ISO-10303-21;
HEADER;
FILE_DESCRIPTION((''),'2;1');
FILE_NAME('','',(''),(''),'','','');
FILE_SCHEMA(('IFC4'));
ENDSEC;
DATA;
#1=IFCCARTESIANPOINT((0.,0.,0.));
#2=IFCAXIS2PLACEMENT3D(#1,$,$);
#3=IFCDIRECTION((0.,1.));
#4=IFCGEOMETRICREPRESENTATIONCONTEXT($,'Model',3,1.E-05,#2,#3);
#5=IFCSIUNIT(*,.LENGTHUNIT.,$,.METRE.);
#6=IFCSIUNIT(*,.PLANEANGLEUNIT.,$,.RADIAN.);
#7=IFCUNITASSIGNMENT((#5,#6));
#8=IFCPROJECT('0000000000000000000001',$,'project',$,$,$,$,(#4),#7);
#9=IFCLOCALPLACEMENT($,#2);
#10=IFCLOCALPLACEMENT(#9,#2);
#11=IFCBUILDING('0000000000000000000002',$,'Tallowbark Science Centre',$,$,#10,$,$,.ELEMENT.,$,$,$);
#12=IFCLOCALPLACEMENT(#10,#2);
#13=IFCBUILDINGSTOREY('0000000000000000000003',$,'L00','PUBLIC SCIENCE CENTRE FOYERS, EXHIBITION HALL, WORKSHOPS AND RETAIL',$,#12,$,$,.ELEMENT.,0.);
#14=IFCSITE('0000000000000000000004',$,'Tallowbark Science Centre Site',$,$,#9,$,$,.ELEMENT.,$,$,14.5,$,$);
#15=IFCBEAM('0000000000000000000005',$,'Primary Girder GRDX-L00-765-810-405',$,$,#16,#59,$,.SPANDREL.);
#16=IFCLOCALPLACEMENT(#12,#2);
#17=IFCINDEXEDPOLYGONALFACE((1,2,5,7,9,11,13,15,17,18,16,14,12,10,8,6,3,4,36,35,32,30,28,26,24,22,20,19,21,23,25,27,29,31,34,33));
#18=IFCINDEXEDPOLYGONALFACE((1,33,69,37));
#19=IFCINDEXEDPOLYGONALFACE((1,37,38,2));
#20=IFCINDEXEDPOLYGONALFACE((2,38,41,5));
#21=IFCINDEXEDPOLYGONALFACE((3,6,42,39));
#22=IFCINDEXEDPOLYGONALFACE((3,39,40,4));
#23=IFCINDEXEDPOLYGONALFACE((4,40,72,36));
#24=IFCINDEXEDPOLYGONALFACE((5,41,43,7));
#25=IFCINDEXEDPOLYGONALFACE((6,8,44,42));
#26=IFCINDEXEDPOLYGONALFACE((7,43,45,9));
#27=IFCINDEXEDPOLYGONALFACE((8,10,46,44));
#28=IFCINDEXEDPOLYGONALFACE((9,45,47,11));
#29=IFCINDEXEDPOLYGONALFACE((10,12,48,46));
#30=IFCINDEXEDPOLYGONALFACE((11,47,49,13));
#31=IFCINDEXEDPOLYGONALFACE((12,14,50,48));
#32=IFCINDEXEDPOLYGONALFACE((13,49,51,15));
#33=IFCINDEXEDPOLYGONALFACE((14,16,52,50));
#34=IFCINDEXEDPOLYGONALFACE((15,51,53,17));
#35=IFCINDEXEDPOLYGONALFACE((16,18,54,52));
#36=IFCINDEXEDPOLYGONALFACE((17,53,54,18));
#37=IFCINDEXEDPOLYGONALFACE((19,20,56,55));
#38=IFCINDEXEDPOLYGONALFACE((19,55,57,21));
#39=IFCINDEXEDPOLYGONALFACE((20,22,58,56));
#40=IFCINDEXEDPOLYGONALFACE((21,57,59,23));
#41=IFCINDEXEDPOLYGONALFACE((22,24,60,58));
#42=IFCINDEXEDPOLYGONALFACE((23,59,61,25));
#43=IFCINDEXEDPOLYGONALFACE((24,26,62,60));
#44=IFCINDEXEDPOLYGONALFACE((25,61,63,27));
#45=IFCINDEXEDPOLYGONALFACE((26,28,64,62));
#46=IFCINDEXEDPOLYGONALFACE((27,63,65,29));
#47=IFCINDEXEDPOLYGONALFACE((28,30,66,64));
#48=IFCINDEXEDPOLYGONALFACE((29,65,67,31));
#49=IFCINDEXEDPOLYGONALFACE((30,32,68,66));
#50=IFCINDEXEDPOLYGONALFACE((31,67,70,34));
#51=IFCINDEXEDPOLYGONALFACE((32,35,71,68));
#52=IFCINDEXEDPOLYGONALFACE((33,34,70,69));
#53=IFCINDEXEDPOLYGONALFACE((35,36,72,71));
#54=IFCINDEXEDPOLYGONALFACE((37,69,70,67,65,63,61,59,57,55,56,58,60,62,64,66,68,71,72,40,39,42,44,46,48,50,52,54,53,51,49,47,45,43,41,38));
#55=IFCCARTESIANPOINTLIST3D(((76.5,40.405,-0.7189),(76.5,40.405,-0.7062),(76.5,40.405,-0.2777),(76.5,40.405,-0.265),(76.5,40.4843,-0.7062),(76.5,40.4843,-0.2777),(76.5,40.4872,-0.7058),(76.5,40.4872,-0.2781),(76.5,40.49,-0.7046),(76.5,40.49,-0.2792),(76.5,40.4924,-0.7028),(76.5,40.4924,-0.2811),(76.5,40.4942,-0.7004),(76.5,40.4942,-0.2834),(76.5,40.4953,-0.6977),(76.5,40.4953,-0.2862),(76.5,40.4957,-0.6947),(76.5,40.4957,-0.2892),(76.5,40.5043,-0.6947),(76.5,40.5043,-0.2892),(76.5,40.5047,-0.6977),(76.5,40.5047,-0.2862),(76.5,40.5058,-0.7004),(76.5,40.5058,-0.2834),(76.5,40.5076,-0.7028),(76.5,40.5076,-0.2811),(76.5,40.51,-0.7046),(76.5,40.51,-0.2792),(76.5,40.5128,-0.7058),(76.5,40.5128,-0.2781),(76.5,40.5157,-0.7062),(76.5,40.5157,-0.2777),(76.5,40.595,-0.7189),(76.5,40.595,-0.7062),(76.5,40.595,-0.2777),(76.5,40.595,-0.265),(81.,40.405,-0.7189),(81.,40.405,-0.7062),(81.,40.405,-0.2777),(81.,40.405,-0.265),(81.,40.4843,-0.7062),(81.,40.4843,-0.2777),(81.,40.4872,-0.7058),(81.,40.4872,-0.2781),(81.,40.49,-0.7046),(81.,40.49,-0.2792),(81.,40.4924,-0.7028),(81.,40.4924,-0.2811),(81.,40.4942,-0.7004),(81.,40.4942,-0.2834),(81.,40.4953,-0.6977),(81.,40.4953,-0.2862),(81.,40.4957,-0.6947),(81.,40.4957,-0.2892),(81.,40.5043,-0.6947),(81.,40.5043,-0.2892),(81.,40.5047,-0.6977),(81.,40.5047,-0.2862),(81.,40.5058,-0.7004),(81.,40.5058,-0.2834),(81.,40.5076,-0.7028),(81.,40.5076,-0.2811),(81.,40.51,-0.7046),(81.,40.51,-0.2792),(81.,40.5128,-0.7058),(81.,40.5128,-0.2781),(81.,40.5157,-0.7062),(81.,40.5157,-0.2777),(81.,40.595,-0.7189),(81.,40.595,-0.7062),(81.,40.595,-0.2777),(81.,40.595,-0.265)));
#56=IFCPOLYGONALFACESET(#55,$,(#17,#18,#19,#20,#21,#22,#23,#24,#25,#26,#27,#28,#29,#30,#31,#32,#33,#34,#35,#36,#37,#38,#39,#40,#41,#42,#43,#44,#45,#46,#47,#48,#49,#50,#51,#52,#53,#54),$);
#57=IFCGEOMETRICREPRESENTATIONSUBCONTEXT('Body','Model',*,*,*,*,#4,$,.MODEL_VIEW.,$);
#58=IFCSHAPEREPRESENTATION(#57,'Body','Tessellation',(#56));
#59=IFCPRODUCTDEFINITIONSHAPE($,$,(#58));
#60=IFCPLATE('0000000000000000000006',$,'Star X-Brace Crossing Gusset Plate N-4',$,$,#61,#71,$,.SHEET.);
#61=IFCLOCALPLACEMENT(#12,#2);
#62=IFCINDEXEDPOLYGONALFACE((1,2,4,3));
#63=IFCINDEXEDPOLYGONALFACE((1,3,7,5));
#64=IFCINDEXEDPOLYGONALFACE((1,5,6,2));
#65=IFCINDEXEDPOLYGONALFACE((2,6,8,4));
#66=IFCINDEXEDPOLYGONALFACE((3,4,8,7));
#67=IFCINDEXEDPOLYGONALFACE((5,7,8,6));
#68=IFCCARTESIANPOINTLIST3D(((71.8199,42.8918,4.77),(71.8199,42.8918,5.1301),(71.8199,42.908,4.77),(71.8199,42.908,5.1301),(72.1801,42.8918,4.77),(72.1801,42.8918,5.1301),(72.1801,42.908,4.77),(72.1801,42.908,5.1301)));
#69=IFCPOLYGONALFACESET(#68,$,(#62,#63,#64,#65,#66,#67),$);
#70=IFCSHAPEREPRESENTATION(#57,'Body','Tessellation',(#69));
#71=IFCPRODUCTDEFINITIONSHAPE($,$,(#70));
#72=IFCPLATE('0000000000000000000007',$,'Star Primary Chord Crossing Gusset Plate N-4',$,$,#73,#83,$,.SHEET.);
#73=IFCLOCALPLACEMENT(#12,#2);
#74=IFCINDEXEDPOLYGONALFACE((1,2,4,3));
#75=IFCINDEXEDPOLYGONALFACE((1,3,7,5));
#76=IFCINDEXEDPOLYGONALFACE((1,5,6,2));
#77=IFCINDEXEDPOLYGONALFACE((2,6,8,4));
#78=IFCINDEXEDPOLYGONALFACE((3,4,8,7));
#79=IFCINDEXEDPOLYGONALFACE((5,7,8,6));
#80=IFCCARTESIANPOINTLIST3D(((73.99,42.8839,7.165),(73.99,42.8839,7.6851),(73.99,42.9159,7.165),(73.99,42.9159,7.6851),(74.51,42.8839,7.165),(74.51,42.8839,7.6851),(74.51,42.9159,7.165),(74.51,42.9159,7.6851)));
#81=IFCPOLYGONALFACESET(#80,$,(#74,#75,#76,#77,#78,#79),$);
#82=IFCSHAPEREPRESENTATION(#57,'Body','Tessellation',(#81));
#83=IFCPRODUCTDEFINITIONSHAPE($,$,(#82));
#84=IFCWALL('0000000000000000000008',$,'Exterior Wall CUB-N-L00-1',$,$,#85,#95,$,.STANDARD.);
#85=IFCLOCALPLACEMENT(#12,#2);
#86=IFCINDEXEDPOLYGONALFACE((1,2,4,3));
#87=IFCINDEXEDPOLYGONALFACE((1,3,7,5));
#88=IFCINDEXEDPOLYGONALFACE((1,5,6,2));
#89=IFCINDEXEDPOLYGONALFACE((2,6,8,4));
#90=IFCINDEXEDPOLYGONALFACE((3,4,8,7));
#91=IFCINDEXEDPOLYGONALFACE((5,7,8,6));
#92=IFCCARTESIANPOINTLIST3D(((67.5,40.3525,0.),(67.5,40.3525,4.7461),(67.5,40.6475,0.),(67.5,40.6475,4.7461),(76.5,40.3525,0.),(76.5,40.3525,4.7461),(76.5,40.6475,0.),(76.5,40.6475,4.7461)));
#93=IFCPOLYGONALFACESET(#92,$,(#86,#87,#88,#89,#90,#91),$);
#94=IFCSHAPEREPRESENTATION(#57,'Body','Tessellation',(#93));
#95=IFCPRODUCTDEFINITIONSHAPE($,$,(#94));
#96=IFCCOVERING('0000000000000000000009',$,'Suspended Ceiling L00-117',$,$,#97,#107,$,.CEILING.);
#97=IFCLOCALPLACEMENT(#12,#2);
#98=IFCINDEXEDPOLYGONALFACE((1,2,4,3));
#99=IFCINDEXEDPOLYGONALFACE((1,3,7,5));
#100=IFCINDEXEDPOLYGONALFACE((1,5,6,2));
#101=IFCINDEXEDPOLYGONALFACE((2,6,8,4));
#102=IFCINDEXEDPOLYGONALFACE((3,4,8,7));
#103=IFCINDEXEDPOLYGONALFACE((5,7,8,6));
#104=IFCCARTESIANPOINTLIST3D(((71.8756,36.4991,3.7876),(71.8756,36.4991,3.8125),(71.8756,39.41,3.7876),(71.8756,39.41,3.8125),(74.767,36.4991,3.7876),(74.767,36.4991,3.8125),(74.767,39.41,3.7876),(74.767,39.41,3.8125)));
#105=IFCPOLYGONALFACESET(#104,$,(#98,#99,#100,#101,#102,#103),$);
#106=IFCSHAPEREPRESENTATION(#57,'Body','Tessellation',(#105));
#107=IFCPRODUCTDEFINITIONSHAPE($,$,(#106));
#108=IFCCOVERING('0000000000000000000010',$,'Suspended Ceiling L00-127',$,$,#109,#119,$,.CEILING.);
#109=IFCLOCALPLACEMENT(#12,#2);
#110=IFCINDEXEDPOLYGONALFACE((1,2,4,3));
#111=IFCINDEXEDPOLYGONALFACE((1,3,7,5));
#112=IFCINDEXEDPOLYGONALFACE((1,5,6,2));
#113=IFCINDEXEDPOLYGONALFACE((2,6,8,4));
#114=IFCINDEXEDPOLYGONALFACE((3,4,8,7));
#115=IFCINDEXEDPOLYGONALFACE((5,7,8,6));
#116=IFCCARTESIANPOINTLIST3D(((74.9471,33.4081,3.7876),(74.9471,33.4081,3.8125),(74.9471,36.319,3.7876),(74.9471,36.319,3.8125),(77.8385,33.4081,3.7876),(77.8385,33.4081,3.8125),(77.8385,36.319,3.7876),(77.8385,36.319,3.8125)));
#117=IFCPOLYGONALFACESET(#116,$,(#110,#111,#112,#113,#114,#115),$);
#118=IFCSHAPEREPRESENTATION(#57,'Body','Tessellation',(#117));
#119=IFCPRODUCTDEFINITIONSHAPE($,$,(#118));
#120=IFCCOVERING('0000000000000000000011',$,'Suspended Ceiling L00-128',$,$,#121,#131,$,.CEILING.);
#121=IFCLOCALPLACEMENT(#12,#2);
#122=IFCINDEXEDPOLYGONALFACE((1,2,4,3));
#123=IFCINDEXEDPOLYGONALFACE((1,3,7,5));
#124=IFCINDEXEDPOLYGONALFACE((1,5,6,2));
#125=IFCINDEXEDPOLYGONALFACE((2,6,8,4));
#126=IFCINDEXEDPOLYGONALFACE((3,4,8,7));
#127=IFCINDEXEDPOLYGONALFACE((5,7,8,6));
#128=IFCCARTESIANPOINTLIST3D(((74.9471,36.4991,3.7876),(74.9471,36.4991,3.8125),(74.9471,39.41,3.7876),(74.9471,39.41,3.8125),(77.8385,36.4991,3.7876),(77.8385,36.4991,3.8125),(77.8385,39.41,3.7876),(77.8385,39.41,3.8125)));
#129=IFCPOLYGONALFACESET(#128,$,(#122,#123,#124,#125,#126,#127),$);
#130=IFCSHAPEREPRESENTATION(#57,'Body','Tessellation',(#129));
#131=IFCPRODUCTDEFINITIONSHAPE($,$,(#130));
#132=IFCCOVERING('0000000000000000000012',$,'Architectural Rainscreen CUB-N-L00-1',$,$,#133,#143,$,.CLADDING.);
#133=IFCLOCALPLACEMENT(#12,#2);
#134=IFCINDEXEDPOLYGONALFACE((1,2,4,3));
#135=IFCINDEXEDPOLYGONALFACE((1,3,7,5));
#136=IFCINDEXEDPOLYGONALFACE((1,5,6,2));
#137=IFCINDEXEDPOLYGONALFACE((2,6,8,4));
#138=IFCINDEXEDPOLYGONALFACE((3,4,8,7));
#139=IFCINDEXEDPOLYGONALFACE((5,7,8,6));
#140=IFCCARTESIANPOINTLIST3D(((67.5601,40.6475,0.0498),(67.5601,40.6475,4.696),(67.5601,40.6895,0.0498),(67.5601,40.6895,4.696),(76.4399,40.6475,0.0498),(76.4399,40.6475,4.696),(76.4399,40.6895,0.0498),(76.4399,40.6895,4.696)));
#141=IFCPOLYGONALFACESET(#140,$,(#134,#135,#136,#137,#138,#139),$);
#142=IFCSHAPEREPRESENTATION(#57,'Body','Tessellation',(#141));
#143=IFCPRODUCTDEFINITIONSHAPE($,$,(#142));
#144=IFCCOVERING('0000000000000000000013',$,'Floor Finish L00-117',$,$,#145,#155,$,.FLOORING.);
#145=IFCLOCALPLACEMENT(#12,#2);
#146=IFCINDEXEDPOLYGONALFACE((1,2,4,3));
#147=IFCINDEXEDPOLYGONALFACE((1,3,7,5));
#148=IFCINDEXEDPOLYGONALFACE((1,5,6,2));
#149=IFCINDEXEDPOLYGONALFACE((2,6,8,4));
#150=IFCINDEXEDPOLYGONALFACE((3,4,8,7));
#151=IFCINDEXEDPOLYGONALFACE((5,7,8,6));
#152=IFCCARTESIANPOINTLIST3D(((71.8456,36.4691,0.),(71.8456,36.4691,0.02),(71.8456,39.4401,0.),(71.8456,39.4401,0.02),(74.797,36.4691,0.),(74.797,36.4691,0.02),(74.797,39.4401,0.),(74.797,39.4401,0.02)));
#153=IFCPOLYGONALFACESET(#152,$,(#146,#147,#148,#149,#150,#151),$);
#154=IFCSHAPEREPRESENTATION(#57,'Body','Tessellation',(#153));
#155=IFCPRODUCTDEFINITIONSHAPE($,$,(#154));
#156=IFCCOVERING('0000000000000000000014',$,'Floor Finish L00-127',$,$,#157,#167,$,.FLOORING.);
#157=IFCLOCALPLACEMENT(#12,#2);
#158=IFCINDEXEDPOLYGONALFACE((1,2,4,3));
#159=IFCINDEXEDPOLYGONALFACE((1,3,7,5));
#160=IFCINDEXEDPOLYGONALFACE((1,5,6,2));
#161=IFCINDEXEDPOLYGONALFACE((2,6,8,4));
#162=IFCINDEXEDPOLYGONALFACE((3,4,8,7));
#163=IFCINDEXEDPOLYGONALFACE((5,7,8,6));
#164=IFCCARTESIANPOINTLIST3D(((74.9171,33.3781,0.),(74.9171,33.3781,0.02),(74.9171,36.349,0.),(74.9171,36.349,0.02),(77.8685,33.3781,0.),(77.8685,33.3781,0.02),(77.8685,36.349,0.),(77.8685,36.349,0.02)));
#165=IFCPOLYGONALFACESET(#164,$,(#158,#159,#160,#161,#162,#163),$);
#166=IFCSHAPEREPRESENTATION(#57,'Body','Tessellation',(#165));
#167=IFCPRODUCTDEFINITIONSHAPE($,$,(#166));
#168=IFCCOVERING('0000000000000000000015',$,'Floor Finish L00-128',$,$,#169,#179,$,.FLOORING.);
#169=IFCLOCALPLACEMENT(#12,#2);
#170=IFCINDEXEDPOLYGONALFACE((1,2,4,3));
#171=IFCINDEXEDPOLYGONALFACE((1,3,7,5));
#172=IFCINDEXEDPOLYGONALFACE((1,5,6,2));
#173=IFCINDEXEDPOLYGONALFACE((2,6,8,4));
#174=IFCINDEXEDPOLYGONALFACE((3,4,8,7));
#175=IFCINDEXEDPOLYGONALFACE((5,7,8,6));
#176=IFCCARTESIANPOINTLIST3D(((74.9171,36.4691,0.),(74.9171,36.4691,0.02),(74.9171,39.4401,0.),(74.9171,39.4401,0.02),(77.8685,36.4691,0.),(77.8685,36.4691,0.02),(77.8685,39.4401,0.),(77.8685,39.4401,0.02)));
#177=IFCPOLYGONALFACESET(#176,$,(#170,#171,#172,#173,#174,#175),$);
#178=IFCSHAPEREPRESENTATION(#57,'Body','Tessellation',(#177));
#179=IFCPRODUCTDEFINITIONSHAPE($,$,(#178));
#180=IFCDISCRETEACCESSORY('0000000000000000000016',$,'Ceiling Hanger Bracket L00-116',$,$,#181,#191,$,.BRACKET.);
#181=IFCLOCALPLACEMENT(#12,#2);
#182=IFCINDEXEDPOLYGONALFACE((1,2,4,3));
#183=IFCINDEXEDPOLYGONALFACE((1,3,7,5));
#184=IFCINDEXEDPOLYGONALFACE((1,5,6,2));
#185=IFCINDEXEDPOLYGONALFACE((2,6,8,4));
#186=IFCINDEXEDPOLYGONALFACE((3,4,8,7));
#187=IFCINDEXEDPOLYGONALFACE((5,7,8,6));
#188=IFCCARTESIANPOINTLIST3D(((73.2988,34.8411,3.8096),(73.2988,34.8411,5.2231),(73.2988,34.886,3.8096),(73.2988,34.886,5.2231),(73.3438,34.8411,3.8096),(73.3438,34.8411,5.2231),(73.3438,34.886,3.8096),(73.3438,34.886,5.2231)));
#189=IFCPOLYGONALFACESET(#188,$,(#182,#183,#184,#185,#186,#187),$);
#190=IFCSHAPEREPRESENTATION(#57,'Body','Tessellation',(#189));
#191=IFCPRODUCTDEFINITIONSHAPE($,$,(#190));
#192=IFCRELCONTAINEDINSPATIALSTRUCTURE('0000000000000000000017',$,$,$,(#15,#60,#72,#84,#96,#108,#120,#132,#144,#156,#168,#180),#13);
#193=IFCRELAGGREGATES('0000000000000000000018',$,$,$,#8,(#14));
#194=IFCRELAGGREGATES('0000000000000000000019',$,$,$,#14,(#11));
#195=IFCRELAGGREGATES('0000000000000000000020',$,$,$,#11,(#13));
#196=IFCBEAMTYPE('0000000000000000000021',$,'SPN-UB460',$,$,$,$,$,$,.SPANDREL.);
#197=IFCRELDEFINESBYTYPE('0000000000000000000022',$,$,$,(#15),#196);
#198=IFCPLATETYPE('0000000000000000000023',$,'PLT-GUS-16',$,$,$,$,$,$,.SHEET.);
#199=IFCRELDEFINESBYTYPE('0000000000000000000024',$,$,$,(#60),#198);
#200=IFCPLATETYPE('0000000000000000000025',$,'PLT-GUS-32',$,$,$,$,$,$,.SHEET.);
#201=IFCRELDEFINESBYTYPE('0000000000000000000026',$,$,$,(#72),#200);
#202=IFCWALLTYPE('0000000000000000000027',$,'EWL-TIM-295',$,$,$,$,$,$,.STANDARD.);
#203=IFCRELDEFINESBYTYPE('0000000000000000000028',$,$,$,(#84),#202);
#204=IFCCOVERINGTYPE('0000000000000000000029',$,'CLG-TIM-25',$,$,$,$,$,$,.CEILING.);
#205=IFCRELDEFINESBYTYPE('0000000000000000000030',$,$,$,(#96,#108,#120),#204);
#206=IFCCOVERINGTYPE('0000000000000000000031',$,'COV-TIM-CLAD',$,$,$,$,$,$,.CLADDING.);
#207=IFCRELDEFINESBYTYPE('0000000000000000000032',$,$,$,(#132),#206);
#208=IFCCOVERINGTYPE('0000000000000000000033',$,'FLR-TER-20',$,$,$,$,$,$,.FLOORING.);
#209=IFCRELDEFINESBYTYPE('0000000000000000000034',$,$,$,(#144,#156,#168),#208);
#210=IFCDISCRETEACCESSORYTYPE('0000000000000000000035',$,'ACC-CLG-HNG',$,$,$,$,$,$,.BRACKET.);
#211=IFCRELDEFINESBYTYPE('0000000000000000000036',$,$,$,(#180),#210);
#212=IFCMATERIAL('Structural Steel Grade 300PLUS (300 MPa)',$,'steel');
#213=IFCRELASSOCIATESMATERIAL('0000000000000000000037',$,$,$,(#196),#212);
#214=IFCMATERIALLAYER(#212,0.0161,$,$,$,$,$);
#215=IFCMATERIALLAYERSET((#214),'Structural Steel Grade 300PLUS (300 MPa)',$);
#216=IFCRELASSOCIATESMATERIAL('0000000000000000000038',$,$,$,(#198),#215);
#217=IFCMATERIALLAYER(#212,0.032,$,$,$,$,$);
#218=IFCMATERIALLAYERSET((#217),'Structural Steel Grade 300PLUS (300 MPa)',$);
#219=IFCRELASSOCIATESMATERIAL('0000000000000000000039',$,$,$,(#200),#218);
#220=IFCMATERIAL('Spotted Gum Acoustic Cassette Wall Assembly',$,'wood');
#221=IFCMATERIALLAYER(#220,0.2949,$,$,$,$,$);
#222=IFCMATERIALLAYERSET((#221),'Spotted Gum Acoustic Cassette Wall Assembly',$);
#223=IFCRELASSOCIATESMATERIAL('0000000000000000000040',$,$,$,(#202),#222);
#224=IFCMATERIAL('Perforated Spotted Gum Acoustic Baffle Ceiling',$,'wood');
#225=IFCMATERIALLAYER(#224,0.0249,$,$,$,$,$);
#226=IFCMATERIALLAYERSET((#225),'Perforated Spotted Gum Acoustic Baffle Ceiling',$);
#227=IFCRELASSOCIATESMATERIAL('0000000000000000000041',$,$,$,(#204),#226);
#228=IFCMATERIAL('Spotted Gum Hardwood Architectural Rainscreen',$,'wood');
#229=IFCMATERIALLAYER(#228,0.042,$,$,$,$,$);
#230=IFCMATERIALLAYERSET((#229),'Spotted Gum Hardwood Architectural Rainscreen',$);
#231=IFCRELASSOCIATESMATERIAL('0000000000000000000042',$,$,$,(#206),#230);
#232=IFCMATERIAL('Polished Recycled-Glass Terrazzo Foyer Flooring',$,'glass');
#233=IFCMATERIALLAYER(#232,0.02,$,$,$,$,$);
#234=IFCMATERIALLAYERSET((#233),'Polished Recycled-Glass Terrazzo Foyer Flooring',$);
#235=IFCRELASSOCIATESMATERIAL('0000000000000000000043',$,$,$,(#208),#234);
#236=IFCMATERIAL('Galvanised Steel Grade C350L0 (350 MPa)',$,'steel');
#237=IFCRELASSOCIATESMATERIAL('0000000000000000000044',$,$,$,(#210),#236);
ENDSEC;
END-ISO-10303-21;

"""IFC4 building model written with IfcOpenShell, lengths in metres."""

from ifc_helpers import new_model, si_unit, direction, frame, frame_2d, origin, origin_2d, place, context, subcontext, project, spatial, rectangle, i_section, extrude, material, layer, layer_set, material_profile, profile_set, type_object, element, save


model = new_model("IFC4")

# Units and contexts
model_context = context("Model", 3, precision=1e-05, world=origin(), true_north=direction((0.0, 1.0)))
body_context = subcontext(model_context, "Body", "Model", "MODEL_VIEW")
ifc_project = project(units=[si_unit("LENGTHUNIT", "METRE"), si_unit("PLANEANGLEUNIT", "RADIAN")], contexts=[model_context])

# Site, building, storey
site_placement = place(None, origin())
site = spatial("IfcSite", under=ifc_project, at=site_placement, Name="Tallowbark Science Centre Site", CompositionType="ELEMENT", RefElevation=14.5)
building_placement = place(site_placement, origin())
building = spatial("IfcBuilding", under=site, at=building_placement, Name="Tallowbark Science Centre", CompositionType="ELEMENT")
storey_placement = place(building_placement, origin())
storey = spatial("IfcBuildingStorey", under=building, at=storey_placement, Name="L00", Description="PUBLIC SCIENCE CENTRE FOYERS, EXHIBITION HALL, WORKSHOPS AND RETAIL", CompositionType="ELEMENT", Elevation=0.0)

# Shared definitions
ifc_material_1 = material(Name="Structural Steel Grade 300PLUS (300 MPa)", Category="steel")

# Beam
ifc_material_profile_1 = material_profile(ifc_material_1, i_section(OverallWidth=0.1899, OverallDepth=0.4539, WebThickness=0.0085, FlangeThickness=0.0127, FilletRadius=0.0115, at=origin_2d()), Name="460UB67.1")
ifc_profile_set_1 = profile_set([ifc_material_profile_1], Name="Structural Steel Grade 300PLUS (300 MPa)")
beam_type = type_object("IfcBeamType", Name="SPN-UB460", PredefinedType="SPANDREL", material=ifc_profile_set_1)
beam_placement = place(storey_placement, frame((76.5, 40.5, -0.4919), z_axis=(1.0, 0.0, 0.0), x_axis=(0.0, 1.0, 0.0)))
element("IfcBeam", 1, at=beam_placement, inside=storey, type_object=beam_type, Name="Primary Girder GRDX-L00-765-810-405", PredefinedType="SPANDREL", context=body_context, shape_type="SweptSolid", body=[
    extrude(i_section(OverallWidth=0.1899, OverallDepth=0.4539, WebThickness=0.0085, FlangeThickness=0.0127, FilletRadius=0.0115, at=origin_2d()), origin(), (0.0, 0.0, 1.0), 4.5),
])

# Plates
ifc_layer_1 = layer(ifc_material_1, 0.0161)
ifc_layer_set_1 = layer_set([ifc_layer_1], Name="Structural Steel Grade 300PLUS (300 MPa)")
plate_type_1 = type_object("IfcPlateType", Name="PLT-GUS-16", PredefinedType="SHEET", material=ifc_layer_set_1)
plate_1_placement = place(storey_placement, frame((72.0, 42.8999, 4.77), z_axis=(0.0, 0.0, 1.0), x_axis=(1.0, 0.0, 0.0)))
element("IfcPlate", 2, at=plate_1_placement, inside=storey, type_object=plate_type_1, Name="Star X-Brace Crossing Gusset Plate N-4", PredefinedType="SHEET", context=body_context, shape_type="SweptSolid", body=[
    extrude(rectangle(XDim=0.3601, YDim=0.0161, at=origin_2d()), origin(), (0.0, 0.0, 1.0), 0.3601),
])
ifc_layer_2 = layer(ifc_material_1, 0.032)
ifc_layer_set_2 = layer_set([ifc_layer_2], Name="Structural Steel Grade 300PLUS (300 MPa)")
plate_type_2 = type_object("IfcPlateType", Name="PLT-GUS-32", PredefinedType="SHEET", material=ifc_layer_set_2)
plate_2_placement = place(storey_placement, frame((74.25, 42.8999, 7.165), z_axis=(0.0, 0.0, 1.0), x_axis=(1.0, 0.0, 0.0)))
element("IfcPlate", 3, at=plate_2_placement, inside=storey, type_object=plate_type_2, Name="Star Primary Chord Crossing Gusset Plate N-4", PredefinedType="SHEET", context=body_context, shape_type="SweptSolid", body=[
    extrude(rectangle(XDim=0.52, YDim=0.032, at=origin_2d()), origin(), (0.0, 0.0, 1.0), 0.52),
])

# Wall
ifc_material_2 = material(Name="Spotted Gum Acoustic Cassette Wall Assembly", Category="wood")
ifc_layer_3 = layer(ifc_material_2, 0.2949)
ifc_layer_set_3 = layer_set([ifc_layer_3], Name="Spotted Gum Acoustic Cassette Wall Assembly")
wall_type = type_object("IfcWallType", Name="EWL-TIM-295", PredefinedType="STANDARD", material=ifc_layer_set_3)
wall_placement = place(storey_placement, frame((76.5, 40.5, 0.0), z_axis=(0.0, 0.0, 1.0), x_axis=(-1.0, 0.0, 0.0)))
element("IfcWall", 4, at=wall_placement, inside=storey, type_object=wall_type, Name="Exterior Wall CUB-N-L00-1", PredefinedType="STANDARD", context=body_context, shape_type="SweptSolid", body=[
    extrude(rectangle(XDim=9.0, YDim=0.2949, at=frame_2d((4.5, 0.0))), origin(), (0.0, 0.0, 1.0), 4.7461),
])

# Coverings
ifc_material_3 = material(Name="Perforated Spotted Gum Acoustic Baffle Ceiling", Category="wood")
ifc_layer_4 = layer(ifc_material_3, 0.0249)
ifc_layer_set_4 = layer_set([ifc_layer_4], Name="Perforated Spotted Gum Acoustic Baffle Ceiling")
covering_type_1 = type_object("IfcCoveringType", Name="CLG-TIM-25", PredefinedType="CEILING", material=ifc_layer_set_4)
for number, where, z_axis, x_axis, name in (
    (5, (73.3213, 37.9546, 3.7876), (0.0, 0.0, 1.0), (1.0, 0.0, 0.0), "Suspended Ceiling L00-117"),
    (6, (76.3928, 34.8635, 3.7876), (0.0, 0.0, 1.0), (1.0, 0.0, 0.0), "Suspended Ceiling L00-127"),
    (7, (76.3928, 37.9546, 3.7876), (0.0, 0.0, 1.0), (1.0, 0.0, 0.0), "Suspended Ceiling L00-128"),
):
    element("IfcCovering", number, at=place(storey_placement, frame(where, z_axis=z_axis, x_axis=x_axis)), inside=storey, type_object=covering_type_1, Name=name, PredefinedType="CEILING", context=body_context, shape_type="SweptSolid", body=[
        extrude(rectangle(XDim=2.8914, YDim=2.9109, at=origin_2d()), origin(), (0.0, 0.0, 1.0), 0.0249),
    ])
ifc_material_4 = material(Name="Spotted Gum Hardwood Architectural Rainscreen", Category="wood")
ifc_layer_5 = layer(ifc_material_4, 0.042)
ifc_layer_set_5 = layer_set([ifc_layer_5], Name="Spotted Gum Hardwood Architectural Rainscreen")
covering_type_2 = type_object("IfcCoveringType", Name="COV-TIM-CLAD", PredefinedType="CLADDING", material=ifc_layer_set_5)
covering_placement = place(storey_placement, frame((72.0, 40.6685, 0.0498), z_axis=(0.0, 0.0, 1.0), x_axis=(-1.0, 0.0, 0.0)))
element("IfcCovering", 8, at=covering_placement, inside=storey, type_object=covering_type_2, Name="Architectural Rainscreen CUB-N-L00-1", PredefinedType="CLADDING", context=body_context, shape_type="SweptSolid", body=[
    extrude(rectangle(XDim=8.8799, YDim=0.042, at=origin_2d()), origin(), (0.0, 0.0, 1.0), 4.6462),
])
ifc_material_5 = material(Name="Polished Recycled-Glass Terrazzo Foyer Flooring", Category="glass")
ifc_layer_6 = layer(ifc_material_5, 0.02)
ifc_layer_set_6 = layer_set([ifc_layer_6], Name="Polished Recycled-Glass Terrazzo Foyer Flooring")
covering_type_3 = type_object("IfcCoveringType", Name="FLR-TER-20", PredefinedType="FLOORING", material=ifc_layer_set_6)
for number, where, z_axis, x_axis, name in (
    (9, (73.3213, 37.9546, 0.0), (0.0, 0.0, 1.0), (1.0, 0.0, 0.0), "Floor Finish L00-117"),
    (10, (76.3928, 34.8635, 0.0), (0.0, 0.0, 1.0), (1.0, 0.0, 0.0), "Floor Finish L00-127"),
    (11, (76.3928, 37.9546, 0.0), (0.0, 0.0, 1.0), (1.0, 0.0, 0.0), "Floor Finish L00-128"),
):
    element("IfcCovering", number, at=place(storey_placement, frame(where, z_axis=z_axis, x_axis=x_axis)), inside=storey, type_object=covering_type_3, Name=name, PredefinedType="FLOORING", context=body_context, shape_type="SweptSolid", body=[
        extrude(rectangle(XDim=2.9514, YDim=2.9709, at=origin_2d()), origin(), (0.0, 0.0, 1.0), 0.02),
    ])

# Discrete accessory
ifc_material_6 = material(Name="Galvanised Steel Grade C350L0 (350 MPa)", Category="steel")
discrete_accessory_type = type_object("IfcDiscreteAccessoryType", Name="ACC-CLG-HNG", PredefinedType="BRACKET", material=ifc_material_6)
for number, where, z_axis, x_axis, name in (
    (12, (73.3213, 34.8635, 3.8096), (0.0, 0.0, 1.0), (1.0, 0.0, 0.0), "Ceiling Hanger Bracket L00-116"),
):
    element("IfcDiscreteAccessory", number, at=place(storey_placement, frame(where, z_axis=z_axis, x_axis=x_axis)), inside=storey, type_object=discrete_accessory_type, Name=name, PredefinedType="BRACKET", context=body_context, shape_type="SweptSolid", body=[
        extrude(rectangle(XDim=0.0449, YDim=0.0449, at=origin_2d()), origin(), (0.0, 0.0, 1.0), 1.4136),
    ])

save(model, "model.ifc")
